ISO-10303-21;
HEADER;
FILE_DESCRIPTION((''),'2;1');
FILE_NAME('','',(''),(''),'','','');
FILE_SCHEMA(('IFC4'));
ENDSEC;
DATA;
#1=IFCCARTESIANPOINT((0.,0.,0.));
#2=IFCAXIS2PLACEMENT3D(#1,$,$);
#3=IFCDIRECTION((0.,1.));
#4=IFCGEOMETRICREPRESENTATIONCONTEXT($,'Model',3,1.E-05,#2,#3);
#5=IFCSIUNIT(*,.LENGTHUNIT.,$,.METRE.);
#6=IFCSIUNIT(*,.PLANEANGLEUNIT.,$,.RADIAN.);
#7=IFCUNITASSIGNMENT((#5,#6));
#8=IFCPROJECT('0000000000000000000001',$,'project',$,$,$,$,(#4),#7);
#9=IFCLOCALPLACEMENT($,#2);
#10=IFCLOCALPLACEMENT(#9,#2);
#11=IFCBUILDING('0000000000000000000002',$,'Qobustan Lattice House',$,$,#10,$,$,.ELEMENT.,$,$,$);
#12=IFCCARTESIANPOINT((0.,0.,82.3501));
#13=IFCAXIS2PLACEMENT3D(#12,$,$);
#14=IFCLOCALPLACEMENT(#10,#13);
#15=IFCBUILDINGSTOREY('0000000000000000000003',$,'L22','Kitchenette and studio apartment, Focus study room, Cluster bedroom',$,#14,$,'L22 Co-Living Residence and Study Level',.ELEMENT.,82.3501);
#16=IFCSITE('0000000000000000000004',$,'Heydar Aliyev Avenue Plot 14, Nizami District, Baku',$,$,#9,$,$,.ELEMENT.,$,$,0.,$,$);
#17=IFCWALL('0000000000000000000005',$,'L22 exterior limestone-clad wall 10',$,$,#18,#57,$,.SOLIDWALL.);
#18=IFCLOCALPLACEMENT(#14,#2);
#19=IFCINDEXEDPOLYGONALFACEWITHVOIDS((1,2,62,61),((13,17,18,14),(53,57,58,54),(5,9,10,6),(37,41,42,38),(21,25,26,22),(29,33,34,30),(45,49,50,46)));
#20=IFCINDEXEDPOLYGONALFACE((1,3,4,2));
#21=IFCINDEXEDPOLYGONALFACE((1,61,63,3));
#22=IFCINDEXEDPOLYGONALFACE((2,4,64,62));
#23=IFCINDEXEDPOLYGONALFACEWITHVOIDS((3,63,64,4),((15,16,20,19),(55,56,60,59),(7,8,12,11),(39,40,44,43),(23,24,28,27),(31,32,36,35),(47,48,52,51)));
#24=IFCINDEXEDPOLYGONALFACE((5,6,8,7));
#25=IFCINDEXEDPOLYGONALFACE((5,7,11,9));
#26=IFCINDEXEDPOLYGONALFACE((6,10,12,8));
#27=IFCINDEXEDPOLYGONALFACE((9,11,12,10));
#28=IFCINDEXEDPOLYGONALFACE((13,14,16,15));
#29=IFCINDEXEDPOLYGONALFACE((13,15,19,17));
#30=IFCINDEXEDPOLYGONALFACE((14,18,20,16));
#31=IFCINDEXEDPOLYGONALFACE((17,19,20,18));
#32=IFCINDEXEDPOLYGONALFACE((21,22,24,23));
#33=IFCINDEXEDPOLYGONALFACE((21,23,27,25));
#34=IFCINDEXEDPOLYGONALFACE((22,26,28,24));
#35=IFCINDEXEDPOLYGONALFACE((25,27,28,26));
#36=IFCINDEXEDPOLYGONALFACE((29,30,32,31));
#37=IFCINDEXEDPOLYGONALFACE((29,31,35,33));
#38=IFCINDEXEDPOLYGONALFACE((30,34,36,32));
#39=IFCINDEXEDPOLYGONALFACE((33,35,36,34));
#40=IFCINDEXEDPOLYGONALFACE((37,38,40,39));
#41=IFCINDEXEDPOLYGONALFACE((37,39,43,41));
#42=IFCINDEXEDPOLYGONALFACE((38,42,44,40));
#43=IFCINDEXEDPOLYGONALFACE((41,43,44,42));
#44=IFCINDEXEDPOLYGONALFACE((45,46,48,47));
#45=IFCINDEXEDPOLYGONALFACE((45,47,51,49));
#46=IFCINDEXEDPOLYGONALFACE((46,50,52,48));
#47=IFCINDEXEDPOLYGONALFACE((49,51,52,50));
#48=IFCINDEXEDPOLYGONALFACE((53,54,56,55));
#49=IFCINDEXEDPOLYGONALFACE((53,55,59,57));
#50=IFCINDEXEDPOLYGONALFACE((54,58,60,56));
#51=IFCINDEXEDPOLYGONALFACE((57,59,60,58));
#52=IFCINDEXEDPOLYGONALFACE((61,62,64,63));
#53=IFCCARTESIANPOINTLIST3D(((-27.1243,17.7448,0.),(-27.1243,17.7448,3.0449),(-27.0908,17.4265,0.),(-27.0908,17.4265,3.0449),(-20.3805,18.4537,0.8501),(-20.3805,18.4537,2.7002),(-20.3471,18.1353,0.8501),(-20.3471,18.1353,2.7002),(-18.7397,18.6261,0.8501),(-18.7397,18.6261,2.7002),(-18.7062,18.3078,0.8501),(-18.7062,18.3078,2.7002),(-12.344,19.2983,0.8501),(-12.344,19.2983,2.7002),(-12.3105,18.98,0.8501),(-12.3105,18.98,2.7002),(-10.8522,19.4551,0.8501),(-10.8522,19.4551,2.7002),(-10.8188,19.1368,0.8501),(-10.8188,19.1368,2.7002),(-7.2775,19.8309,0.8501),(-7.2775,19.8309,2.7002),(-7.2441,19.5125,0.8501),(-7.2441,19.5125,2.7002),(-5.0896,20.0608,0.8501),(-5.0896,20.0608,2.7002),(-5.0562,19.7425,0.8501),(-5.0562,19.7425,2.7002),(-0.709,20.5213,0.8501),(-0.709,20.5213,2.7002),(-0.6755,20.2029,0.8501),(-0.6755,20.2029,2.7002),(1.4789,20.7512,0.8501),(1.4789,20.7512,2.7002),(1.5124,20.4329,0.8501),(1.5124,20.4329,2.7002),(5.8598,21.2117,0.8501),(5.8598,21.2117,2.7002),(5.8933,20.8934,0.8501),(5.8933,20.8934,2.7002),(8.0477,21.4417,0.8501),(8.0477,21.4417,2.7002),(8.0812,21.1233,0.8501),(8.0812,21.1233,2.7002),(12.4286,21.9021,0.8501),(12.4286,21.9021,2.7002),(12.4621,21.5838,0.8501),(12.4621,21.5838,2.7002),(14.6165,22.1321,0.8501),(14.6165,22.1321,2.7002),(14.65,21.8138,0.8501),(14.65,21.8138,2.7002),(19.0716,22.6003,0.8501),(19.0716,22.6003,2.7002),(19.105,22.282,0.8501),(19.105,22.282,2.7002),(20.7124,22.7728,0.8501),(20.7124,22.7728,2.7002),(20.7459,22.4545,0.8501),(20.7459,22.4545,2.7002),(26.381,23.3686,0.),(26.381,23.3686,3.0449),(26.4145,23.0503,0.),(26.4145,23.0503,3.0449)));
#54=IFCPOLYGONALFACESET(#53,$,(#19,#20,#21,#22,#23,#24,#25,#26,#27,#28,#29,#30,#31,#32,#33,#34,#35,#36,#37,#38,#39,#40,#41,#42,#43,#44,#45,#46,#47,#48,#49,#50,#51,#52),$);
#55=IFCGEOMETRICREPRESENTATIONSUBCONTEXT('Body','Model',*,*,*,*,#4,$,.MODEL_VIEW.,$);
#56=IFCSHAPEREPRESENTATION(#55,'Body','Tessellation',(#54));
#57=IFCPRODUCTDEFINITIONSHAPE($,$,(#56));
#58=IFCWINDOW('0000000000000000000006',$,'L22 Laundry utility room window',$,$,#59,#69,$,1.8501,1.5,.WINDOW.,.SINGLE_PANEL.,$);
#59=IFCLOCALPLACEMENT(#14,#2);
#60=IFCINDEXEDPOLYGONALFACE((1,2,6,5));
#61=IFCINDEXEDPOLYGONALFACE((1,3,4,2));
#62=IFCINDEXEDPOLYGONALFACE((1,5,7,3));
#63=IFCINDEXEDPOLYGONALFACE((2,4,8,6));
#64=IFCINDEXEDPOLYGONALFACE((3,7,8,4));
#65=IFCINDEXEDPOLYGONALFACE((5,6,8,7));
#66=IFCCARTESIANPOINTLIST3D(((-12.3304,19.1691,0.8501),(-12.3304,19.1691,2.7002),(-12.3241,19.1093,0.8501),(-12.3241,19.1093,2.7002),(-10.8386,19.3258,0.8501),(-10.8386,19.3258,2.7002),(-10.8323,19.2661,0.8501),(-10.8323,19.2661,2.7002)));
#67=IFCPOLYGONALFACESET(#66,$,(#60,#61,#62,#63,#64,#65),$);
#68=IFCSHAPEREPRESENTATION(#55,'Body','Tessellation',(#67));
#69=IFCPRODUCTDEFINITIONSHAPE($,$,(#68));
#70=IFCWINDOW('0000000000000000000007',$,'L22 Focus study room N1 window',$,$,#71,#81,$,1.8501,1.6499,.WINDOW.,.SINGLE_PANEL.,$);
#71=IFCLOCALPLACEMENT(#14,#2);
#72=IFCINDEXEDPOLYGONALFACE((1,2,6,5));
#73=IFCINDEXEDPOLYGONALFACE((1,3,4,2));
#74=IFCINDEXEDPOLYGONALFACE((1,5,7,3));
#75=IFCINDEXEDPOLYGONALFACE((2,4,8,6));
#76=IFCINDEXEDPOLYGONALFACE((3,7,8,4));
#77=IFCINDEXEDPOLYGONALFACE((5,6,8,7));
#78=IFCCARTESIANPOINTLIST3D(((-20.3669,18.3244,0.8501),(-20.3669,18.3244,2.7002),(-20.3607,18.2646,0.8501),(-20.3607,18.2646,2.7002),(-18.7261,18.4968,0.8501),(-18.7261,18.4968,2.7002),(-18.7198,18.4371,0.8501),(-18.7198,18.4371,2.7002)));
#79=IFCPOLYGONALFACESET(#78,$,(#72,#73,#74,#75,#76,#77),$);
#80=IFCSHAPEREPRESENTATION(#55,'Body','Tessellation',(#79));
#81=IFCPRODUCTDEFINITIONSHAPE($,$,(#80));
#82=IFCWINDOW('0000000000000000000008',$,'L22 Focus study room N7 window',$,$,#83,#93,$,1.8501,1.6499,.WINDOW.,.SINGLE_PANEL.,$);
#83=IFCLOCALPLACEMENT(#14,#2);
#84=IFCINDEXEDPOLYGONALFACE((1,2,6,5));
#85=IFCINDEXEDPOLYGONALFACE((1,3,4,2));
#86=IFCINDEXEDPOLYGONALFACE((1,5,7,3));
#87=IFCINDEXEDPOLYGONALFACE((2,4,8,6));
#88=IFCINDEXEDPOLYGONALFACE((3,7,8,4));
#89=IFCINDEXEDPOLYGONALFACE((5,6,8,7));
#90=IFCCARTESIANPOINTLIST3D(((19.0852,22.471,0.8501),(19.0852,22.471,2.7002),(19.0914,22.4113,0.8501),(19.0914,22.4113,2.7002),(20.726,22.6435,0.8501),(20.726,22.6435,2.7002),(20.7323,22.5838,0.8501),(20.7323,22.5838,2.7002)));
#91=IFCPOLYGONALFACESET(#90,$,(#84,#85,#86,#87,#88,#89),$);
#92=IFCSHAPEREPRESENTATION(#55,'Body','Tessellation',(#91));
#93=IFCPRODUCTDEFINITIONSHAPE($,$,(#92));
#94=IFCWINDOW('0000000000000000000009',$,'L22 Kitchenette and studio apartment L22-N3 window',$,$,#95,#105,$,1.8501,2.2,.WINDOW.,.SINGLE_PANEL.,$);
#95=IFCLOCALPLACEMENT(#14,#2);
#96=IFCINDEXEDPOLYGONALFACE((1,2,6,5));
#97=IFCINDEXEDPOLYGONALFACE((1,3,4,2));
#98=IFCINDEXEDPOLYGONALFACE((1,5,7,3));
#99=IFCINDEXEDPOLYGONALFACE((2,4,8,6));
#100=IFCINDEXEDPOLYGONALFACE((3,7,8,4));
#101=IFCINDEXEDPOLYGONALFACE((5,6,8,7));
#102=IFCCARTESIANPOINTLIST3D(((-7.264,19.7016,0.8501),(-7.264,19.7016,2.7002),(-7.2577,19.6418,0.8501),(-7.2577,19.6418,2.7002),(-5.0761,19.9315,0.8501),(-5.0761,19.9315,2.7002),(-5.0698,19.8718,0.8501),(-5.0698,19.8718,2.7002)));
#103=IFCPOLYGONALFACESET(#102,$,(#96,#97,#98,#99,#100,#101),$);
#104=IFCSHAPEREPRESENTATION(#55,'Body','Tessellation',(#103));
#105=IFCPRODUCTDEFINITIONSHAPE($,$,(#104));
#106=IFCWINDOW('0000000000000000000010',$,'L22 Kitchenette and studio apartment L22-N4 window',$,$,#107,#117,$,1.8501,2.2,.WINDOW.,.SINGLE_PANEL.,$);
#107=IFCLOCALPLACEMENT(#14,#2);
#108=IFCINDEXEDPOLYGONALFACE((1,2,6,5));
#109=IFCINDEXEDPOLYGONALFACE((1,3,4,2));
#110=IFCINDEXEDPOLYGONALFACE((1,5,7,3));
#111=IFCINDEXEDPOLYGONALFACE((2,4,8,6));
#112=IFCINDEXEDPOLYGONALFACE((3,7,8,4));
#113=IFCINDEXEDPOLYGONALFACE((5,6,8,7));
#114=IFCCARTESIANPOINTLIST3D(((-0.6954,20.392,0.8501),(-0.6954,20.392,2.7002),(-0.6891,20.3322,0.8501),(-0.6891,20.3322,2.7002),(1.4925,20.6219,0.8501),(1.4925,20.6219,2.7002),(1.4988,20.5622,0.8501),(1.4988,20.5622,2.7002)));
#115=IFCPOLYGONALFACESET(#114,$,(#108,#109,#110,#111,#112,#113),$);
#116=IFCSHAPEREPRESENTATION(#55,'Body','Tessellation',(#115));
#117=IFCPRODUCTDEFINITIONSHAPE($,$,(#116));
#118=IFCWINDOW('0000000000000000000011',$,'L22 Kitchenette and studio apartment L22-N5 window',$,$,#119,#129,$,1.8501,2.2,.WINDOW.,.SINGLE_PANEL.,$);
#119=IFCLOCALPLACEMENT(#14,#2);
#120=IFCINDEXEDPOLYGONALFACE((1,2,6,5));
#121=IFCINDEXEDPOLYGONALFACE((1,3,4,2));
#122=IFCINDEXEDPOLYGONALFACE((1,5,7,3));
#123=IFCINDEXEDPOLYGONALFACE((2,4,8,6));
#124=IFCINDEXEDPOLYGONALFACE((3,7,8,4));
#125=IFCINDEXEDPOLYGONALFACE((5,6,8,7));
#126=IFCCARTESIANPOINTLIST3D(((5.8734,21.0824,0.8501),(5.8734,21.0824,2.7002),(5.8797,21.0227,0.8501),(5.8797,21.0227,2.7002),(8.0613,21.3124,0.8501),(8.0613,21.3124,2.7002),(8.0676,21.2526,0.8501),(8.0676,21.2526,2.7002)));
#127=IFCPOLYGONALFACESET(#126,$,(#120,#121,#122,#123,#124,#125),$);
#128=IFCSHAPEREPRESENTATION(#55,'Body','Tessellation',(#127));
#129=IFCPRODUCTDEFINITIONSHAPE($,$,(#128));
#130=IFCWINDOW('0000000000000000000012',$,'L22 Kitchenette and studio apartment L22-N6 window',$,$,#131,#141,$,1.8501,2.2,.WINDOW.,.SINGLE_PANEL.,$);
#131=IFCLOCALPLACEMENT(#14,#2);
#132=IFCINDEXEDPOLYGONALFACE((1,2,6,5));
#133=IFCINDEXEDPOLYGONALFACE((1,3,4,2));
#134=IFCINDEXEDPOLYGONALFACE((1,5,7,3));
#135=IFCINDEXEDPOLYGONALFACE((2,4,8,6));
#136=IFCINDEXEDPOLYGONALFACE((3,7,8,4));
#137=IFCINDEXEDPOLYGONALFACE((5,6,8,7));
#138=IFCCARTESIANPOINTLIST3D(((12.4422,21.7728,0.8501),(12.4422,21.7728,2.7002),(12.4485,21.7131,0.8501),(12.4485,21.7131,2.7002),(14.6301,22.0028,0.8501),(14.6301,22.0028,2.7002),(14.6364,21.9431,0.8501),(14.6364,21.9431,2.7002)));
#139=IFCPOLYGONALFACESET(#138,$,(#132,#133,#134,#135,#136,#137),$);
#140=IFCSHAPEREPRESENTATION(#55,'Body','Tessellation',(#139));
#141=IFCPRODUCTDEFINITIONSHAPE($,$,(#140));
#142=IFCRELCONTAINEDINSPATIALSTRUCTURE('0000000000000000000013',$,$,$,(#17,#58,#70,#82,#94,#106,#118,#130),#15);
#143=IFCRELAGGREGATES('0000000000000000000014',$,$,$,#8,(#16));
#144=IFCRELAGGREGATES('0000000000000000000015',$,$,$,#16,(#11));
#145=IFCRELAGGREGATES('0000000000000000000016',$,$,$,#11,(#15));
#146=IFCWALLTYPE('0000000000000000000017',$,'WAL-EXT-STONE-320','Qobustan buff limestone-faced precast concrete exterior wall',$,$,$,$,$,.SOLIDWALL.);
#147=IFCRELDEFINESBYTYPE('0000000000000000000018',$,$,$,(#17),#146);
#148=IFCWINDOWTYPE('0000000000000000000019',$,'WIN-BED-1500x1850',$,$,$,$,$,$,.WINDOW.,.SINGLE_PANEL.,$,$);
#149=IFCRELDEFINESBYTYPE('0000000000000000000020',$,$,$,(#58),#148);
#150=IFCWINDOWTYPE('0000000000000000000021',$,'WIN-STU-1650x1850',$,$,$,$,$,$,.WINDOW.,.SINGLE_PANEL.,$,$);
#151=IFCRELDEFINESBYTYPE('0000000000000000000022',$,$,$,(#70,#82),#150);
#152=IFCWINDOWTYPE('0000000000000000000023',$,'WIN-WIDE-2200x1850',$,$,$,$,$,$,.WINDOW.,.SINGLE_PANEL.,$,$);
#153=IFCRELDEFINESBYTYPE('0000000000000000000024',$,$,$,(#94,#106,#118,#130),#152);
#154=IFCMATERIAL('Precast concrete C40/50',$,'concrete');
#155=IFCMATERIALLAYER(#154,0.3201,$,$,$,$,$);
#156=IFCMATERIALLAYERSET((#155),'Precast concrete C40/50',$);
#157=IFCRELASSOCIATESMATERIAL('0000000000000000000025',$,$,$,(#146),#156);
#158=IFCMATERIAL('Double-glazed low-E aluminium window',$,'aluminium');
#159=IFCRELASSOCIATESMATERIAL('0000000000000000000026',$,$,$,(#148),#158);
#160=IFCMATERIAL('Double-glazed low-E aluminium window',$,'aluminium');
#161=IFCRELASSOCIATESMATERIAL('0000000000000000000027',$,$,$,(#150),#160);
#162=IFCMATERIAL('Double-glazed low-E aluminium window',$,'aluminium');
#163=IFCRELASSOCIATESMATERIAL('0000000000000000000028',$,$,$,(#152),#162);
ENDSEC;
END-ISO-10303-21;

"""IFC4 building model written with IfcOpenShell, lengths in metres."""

from ifc_helpers import new_model, si_unit, direction, frame, frame_2d, origin, place, context, subcontext, project, spatial, rectangle, extrude, material, layer, layer_set, type_object, element, fill, save


model = new_model("IFC4")

# Units and contexts
model_context = context("Model", 3, precision=1e-05, world=origin(), true_north=direction((0.0, 1.0)))
body_context = subcontext(model_context, "Body", "Model", "MODEL_VIEW")
ifc_project = project(units=[si_unit("LENGTHUNIT", "METRE"), si_unit("PLANEANGLEUNIT", "RADIAN")], contexts=[model_context])

# Site, building, storey
site_placement = place(None, origin())
site = spatial("IfcSite", under=ifc_project, at=site_placement, Name="Heydar Aliyev Avenue Plot 14, Nizami District, Baku", CompositionType="ELEMENT", RefElevation=0.0)
building_placement = place(site_placement, origin())
building = spatial("IfcBuilding", under=site, at=building_placement, Name="Qobustan Lattice House", CompositionType="ELEMENT")
storey_placement = place(building_placement, frame((0.0, 0.0, 82.3501)))
storey = spatial("IfcBuildingStorey", under=building, at=storey_placement, Name="L22", Description="Kitchenette and studio apartment, Focus study room, Cluster bedroom", LongName="L22 Co-Living Residence and Study Level", CompositionType="ELEMENT", Elevation=82.3501)

# Shared definitions
ifc_material_1 = material(Name="Precast concrete C40/50", Category="concrete")
ifc_layer_1 = layer(ifc_material_1, 0.3201)
ifc_layer_set_1 = layer_set([ifc_layer_1], Name="Precast concrete C40/50")
wall_type = type_object("IfcWallType", Name="WAL-EXT-STONE-320", Description="Qobustan buff limestone-faced precast concrete exterior wall", PredefinedType="SOLIDWALL", material=ifc_layer_set_1)

# Wall, openings, windows
wall_placement = place(storey_placement, frame((-27.1074, 17.5857, 0.0), z_axis=(0.0, 0.0, 1.0), x_axis=(0.994522, 0.104531, 0.0)))
wall = element("IfcWall", 1, at=wall_placement, inside=storey, type_object=wall_type, Name="L22 exterior limestone-clad wall 10", PredefinedType="SOLIDWALL", context=body_context, shape_type="SweptSolid", body=[
    extrude(rectangle(XDim=53.8, YDim=0.3201, at=frame_2d((26.8999, 0.0))), origin(), (0.0, 0.0, 1.0), 3.0449),
])
opening_1_placement = place(wall_placement, frame((6.7808, 0.0, 0.8501)))
opening_1 = element("IfcOpeningElement", 2, at=opening_1_placement, cuts=wall, PredefinedType="OPENING", context=body_context, shape_type="SweptSolid", body=[
    extrude(rectangle(XDim=1.6499, YDim=1.8501, at=frame_2d((0.825, 0.925))), frame((0.0, 0.1699, 0.0), z_axis=(0.0, -1.0, 0.0), x_axis=(1.0, 0.0, 0.0)), (0.0, 0.0, 1.0), 0.3401),
])
opening_2_placement = place(wall_placement, frame((14.8616, 0.0, 0.8501)))
opening_2 = element("IfcOpeningElement", 3, at=opening_2_placement, cuts=wall, PredefinedType="OPENING", context=body_context, shape_type="SweptSolid", body=[
    extrude(rectangle(XDim=1.5, YDim=1.8501, at=frame_2d((0.75, 0.925))), frame((0.0, 0.1699, 0.0), z_axis=(0.0, -1.0, 0.0), x_axis=(1.0, 0.0, 0.0)), (0.0, 0.0, 1.0), 0.3401),
])
opening_3_placement = place(wall_placement, frame((19.9558, 0.0, 0.8501)))
opening_3 = element("IfcOpeningElement", 4, at=opening_3_placement, cuts=wall, PredefinedType="OPENING", context=body_context, shape_type="SweptSolid", body=[
    extrude(rectangle(XDim=2.2, YDim=1.8501, at=frame_2d((1.1001, 0.925))), frame((0.0, 0.1699, 0.0), z_axis=(0.0, -1.0, 0.0), x_axis=(1.0, 0.0, 0.0)), (0.0, 0.0, 1.0), 0.3401),
])
opening_4_placement = place(wall_placement, frame((26.5605, 0.0, 0.8501)))
opening_4 = element("IfcOpeningElement", 5, at=opening_4_placement, cuts=wall, PredefinedType="OPENING", context=body_context, shape_type="SweptSolid", body=[
    extrude(rectangle(XDim=2.2, YDim=1.8501, at=frame_2d((1.1001, 0.925))), frame((0.0, 0.1699, 0.0), z_axis=(0.0, -1.0, 0.0), x_axis=(1.0, 0.0, 0.0)), (0.0, 0.0, 1.0), 0.3401),
])
opening_5_placement = place(wall_placement, frame((33.1655, 0.0, 0.8501)))
opening_5 = element("IfcOpeningElement", 6, at=opening_5_placement, cuts=wall, PredefinedType="OPENING", context=body_context, shape_type="SweptSolid", body=[
    extrude(rectangle(XDim=2.2, YDim=1.8501, at=frame_2d((1.1001, 0.925))), frame((0.0, 0.1699, 0.0), z_axis=(0.0, -1.0, 0.0), x_axis=(1.0, 0.0, 0.0)), (0.0, 0.0, 1.0), 0.3401),
])
opening_6_placement = place(wall_placement, frame((39.7705, 0.0, 0.8501)))
opening_6 = element("IfcOpeningElement", 7, at=opening_6_placement, cuts=wall, PredefinedType="OPENING", context=body_context, shape_type="SweptSolid", body=[
    extrude(rectangle(XDim=2.2, YDim=1.8501, at=frame_2d((1.1001, 0.925))), frame((0.0, 0.1699, 0.0), z_axis=(0.0, -1.0, 0.0), x_axis=(1.0, 0.0, 0.0)), (0.0, 0.0, 1.0), 0.3401),
])
opening_7_placement = place(wall_placement, frame((46.4502, 0.0, 0.8501)))
opening_7 = element("IfcOpeningElement", 8, at=opening_7_placement, cuts=wall, PredefinedType="OPENING", context=body_context, shape_type="SweptSolid", body=[
    extrude(rectangle(XDim=1.6499, YDim=1.8501, at=frame_2d((0.825, 0.925))), frame((0.0, 0.1699, 0.0), z_axis=(0.0, -1.0, 0.0), x_axis=(1.0, 0.0, 0.0)), (0.0, 0.0, 1.0), 0.3401),
])
ifc_material_2 = material(Name="Double-glazed low-E aluminium window", Category="aluminium")
window_type_1 = type_object("IfcWindowType", Name="WIN-BED-1500x1850", PartitioningType="SINGLE_PANEL", PredefinedType="WINDOW", material=ifc_material_2)
window_1_placement = place(opening_2_placement, origin())
window_1 = element("IfcWindow", 9, at=window_1_placement, inside=storey, type_object=window_type_1, Name="L22 Laundry utility room window", OverallHeight=1.8501, OverallWidth=1.5, PartitioningType="SINGLE_PANEL", PredefinedType="WINDOW", context=body_context, shape_type="SweptSolid", body=[
    extrude(rectangle(XDim=1.5, YDim=1.8501, at=frame_2d((0.75, 0.925))), frame((0.0, 0.03, 0.0), z_axis=(0.0, -1.0, 0.0), x_axis=(1.0, 0.0, 0.0)), (0.0, 0.0, 1.0), 0.0601),
])
fill(opening_2, window_1)
ifc_material_3 = material(Name="Double-glazed low-E aluminium window", Category="aluminium")
window_type_2 = type_object("IfcWindowType", Name="WIN-STU-1650x1850", PartitioningType="SINGLE_PANEL", PredefinedType="WINDOW", material=ifc_material_3)
window_2_placement = place(opening_1_placement, origin())
window_2 = element("IfcWindow", 10, at=window_2_placement, inside=storey, type_object=window_type_2, Name="L22 Focus study room N1 window", OverallHeight=1.8501, OverallWidth=1.6499, PartitioningType="SINGLE_PANEL", PredefinedType="WINDOW", context=body_context, shape_type="SweptSolid", body=[
    extrude(rectangle(XDim=1.6499, YDim=1.8501, at=frame_2d((0.825, 0.925))), frame((0.0, 0.03, 0.0), z_axis=(0.0, -1.0, 0.0), x_axis=(1.0, 0.0, 0.0)), (0.0, 0.0, 1.0), 0.0601),
])
fill(opening_1, window_2)
window_3_placement = place(opening_7_placement, origin())
window_3 = element("IfcWindow", 11, at=window_3_placement, inside=storey, type_object=window_type_2, Name="L22 Focus study room N7 window", OverallHeight=1.8501, OverallWidth=1.6499, PartitioningType="SINGLE_PANEL", PredefinedType="WINDOW", context=body_context, shape_type="SweptSolid", body=[
    extrude(rectangle(XDim=1.6499, YDim=1.8501, at=frame_2d((0.825, 0.925))), frame((0.0, 0.03, 0.0), z_axis=(0.0, -1.0, 0.0), x_axis=(1.0, 0.0, 0.0)), (0.0, 0.0, 1.0), 0.0601),
])
fill(opening_7, window_3)
ifc_material_4 = material(Name="Double-glazed low-E aluminium window", Category="aluminium")
window_type_3 = type_object("IfcWindowType", Name="WIN-WIDE-2200x1850", PartitioningType="SINGLE_PANEL", PredefinedType="WINDOW", material=ifc_material_4)
window_4_placement = place(opening_3_placement, origin())
window_4 = element("IfcWindow", 12, at=window_4_placement, inside=storey, type_object=window_type_3, Name="L22 Kitchenette and studio apartment L22-N3 window", OverallHeight=1.8501, OverallWidth=2.2, PartitioningType="SINGLE_PANEL", PredefinedType="WINDOW", context=body_context, shape_type="SweptSolid", body=[
    extrude(rectangle(XDim=2.2, YDim=1.8501, at=frame_2d((1.1001, 0.925))), frame((0.0, 0.03, 0.0), z_axis=(0.0, -1.0, 0.0), x_axis=(1.0, 0.0, 0.0)), (0.0, 0.0, 1.0), 0.0601),
])
fill(opening_3, window_4)
window_5_placement = place(opening_4_placement, origin())
window_5 = element("IfcWindow", 13, at=window_5_placement, inside=storey, type_object=window_type_3, Name="L22 Kitchenette and studio apartment L22-N4 window", OverallHeight=1.8501, OverallWidth=2.2, PartitioningType="SINGLE_PANEL", PredefinedType="WINDOW", context=body_context, shape_type="SweptSolid", body=[
    extrude(rectangle(XDim=2.2, YDim=1.8501, at=frame_2d((1.1001, 0.925))), frame((0.0, 0.03, 0.0), z_axis=(0.0, -1.0, 0.0), x_axis=(1.0, 0.0, 0.0)), (0.0, 0.0, 1.0), 0.0601),
])
fill(opening_4, window_5)
window_6_placement = place(opening_5_placement, origin())
window_6 = element("IfcWindow", 14, at=window_6_placement, inside=storey, type_object=window_type_3, Name="L22 Kitchenette and studio apartment L22-N5 window", OverallHeight=1.8501, OverallWidth=2.2, PartitioningType="SINGLE_PANEL", PredefinedType="WINDOW", context=body_context, shape_type="SweptSolid", body=[
    extrude(rectangle(XDim=2.2, YDim=1.8501, at=frame_2d((1.1001, 0.925))), frame((0.0, 0.03, 0.0), z_axis=(0.0, -1.0, 0.0), x_axis=(1.0, 0.0, 0.0)), (0.0, 0.0, 1.0), 0.0601),
])
fill(opening_5, window_6)
window_7_placement = place(opening_6_placement, origin())
window_7 = element("IfcWindow", 15, at=window_7_placement, inside=storey, type_object=window_type_3, Name="L22 Kitchenette and studio apartment L22-N6 window", OverallHeight=1.8501, OverallWidth=2.2, PartitioningType="SINGLE_PANEL", PredefinedType="WINDOW", context=body_context, shape_type="SweptSolid", body=[
    extrude(rectangle(XDim=2.2, YDim=1.8501, at=frame_2d((1.1001, 0.925))), frame((0.0, 0.03, 0.0), z_axis=(0.0, -1.0, 0.0), x_axis=(1.0, 0.0, 0.0)), (0.0, 0.0, 1.0), 0.0601),
])
fill(opening_6, window_7)

save(model, "model.ifc")
